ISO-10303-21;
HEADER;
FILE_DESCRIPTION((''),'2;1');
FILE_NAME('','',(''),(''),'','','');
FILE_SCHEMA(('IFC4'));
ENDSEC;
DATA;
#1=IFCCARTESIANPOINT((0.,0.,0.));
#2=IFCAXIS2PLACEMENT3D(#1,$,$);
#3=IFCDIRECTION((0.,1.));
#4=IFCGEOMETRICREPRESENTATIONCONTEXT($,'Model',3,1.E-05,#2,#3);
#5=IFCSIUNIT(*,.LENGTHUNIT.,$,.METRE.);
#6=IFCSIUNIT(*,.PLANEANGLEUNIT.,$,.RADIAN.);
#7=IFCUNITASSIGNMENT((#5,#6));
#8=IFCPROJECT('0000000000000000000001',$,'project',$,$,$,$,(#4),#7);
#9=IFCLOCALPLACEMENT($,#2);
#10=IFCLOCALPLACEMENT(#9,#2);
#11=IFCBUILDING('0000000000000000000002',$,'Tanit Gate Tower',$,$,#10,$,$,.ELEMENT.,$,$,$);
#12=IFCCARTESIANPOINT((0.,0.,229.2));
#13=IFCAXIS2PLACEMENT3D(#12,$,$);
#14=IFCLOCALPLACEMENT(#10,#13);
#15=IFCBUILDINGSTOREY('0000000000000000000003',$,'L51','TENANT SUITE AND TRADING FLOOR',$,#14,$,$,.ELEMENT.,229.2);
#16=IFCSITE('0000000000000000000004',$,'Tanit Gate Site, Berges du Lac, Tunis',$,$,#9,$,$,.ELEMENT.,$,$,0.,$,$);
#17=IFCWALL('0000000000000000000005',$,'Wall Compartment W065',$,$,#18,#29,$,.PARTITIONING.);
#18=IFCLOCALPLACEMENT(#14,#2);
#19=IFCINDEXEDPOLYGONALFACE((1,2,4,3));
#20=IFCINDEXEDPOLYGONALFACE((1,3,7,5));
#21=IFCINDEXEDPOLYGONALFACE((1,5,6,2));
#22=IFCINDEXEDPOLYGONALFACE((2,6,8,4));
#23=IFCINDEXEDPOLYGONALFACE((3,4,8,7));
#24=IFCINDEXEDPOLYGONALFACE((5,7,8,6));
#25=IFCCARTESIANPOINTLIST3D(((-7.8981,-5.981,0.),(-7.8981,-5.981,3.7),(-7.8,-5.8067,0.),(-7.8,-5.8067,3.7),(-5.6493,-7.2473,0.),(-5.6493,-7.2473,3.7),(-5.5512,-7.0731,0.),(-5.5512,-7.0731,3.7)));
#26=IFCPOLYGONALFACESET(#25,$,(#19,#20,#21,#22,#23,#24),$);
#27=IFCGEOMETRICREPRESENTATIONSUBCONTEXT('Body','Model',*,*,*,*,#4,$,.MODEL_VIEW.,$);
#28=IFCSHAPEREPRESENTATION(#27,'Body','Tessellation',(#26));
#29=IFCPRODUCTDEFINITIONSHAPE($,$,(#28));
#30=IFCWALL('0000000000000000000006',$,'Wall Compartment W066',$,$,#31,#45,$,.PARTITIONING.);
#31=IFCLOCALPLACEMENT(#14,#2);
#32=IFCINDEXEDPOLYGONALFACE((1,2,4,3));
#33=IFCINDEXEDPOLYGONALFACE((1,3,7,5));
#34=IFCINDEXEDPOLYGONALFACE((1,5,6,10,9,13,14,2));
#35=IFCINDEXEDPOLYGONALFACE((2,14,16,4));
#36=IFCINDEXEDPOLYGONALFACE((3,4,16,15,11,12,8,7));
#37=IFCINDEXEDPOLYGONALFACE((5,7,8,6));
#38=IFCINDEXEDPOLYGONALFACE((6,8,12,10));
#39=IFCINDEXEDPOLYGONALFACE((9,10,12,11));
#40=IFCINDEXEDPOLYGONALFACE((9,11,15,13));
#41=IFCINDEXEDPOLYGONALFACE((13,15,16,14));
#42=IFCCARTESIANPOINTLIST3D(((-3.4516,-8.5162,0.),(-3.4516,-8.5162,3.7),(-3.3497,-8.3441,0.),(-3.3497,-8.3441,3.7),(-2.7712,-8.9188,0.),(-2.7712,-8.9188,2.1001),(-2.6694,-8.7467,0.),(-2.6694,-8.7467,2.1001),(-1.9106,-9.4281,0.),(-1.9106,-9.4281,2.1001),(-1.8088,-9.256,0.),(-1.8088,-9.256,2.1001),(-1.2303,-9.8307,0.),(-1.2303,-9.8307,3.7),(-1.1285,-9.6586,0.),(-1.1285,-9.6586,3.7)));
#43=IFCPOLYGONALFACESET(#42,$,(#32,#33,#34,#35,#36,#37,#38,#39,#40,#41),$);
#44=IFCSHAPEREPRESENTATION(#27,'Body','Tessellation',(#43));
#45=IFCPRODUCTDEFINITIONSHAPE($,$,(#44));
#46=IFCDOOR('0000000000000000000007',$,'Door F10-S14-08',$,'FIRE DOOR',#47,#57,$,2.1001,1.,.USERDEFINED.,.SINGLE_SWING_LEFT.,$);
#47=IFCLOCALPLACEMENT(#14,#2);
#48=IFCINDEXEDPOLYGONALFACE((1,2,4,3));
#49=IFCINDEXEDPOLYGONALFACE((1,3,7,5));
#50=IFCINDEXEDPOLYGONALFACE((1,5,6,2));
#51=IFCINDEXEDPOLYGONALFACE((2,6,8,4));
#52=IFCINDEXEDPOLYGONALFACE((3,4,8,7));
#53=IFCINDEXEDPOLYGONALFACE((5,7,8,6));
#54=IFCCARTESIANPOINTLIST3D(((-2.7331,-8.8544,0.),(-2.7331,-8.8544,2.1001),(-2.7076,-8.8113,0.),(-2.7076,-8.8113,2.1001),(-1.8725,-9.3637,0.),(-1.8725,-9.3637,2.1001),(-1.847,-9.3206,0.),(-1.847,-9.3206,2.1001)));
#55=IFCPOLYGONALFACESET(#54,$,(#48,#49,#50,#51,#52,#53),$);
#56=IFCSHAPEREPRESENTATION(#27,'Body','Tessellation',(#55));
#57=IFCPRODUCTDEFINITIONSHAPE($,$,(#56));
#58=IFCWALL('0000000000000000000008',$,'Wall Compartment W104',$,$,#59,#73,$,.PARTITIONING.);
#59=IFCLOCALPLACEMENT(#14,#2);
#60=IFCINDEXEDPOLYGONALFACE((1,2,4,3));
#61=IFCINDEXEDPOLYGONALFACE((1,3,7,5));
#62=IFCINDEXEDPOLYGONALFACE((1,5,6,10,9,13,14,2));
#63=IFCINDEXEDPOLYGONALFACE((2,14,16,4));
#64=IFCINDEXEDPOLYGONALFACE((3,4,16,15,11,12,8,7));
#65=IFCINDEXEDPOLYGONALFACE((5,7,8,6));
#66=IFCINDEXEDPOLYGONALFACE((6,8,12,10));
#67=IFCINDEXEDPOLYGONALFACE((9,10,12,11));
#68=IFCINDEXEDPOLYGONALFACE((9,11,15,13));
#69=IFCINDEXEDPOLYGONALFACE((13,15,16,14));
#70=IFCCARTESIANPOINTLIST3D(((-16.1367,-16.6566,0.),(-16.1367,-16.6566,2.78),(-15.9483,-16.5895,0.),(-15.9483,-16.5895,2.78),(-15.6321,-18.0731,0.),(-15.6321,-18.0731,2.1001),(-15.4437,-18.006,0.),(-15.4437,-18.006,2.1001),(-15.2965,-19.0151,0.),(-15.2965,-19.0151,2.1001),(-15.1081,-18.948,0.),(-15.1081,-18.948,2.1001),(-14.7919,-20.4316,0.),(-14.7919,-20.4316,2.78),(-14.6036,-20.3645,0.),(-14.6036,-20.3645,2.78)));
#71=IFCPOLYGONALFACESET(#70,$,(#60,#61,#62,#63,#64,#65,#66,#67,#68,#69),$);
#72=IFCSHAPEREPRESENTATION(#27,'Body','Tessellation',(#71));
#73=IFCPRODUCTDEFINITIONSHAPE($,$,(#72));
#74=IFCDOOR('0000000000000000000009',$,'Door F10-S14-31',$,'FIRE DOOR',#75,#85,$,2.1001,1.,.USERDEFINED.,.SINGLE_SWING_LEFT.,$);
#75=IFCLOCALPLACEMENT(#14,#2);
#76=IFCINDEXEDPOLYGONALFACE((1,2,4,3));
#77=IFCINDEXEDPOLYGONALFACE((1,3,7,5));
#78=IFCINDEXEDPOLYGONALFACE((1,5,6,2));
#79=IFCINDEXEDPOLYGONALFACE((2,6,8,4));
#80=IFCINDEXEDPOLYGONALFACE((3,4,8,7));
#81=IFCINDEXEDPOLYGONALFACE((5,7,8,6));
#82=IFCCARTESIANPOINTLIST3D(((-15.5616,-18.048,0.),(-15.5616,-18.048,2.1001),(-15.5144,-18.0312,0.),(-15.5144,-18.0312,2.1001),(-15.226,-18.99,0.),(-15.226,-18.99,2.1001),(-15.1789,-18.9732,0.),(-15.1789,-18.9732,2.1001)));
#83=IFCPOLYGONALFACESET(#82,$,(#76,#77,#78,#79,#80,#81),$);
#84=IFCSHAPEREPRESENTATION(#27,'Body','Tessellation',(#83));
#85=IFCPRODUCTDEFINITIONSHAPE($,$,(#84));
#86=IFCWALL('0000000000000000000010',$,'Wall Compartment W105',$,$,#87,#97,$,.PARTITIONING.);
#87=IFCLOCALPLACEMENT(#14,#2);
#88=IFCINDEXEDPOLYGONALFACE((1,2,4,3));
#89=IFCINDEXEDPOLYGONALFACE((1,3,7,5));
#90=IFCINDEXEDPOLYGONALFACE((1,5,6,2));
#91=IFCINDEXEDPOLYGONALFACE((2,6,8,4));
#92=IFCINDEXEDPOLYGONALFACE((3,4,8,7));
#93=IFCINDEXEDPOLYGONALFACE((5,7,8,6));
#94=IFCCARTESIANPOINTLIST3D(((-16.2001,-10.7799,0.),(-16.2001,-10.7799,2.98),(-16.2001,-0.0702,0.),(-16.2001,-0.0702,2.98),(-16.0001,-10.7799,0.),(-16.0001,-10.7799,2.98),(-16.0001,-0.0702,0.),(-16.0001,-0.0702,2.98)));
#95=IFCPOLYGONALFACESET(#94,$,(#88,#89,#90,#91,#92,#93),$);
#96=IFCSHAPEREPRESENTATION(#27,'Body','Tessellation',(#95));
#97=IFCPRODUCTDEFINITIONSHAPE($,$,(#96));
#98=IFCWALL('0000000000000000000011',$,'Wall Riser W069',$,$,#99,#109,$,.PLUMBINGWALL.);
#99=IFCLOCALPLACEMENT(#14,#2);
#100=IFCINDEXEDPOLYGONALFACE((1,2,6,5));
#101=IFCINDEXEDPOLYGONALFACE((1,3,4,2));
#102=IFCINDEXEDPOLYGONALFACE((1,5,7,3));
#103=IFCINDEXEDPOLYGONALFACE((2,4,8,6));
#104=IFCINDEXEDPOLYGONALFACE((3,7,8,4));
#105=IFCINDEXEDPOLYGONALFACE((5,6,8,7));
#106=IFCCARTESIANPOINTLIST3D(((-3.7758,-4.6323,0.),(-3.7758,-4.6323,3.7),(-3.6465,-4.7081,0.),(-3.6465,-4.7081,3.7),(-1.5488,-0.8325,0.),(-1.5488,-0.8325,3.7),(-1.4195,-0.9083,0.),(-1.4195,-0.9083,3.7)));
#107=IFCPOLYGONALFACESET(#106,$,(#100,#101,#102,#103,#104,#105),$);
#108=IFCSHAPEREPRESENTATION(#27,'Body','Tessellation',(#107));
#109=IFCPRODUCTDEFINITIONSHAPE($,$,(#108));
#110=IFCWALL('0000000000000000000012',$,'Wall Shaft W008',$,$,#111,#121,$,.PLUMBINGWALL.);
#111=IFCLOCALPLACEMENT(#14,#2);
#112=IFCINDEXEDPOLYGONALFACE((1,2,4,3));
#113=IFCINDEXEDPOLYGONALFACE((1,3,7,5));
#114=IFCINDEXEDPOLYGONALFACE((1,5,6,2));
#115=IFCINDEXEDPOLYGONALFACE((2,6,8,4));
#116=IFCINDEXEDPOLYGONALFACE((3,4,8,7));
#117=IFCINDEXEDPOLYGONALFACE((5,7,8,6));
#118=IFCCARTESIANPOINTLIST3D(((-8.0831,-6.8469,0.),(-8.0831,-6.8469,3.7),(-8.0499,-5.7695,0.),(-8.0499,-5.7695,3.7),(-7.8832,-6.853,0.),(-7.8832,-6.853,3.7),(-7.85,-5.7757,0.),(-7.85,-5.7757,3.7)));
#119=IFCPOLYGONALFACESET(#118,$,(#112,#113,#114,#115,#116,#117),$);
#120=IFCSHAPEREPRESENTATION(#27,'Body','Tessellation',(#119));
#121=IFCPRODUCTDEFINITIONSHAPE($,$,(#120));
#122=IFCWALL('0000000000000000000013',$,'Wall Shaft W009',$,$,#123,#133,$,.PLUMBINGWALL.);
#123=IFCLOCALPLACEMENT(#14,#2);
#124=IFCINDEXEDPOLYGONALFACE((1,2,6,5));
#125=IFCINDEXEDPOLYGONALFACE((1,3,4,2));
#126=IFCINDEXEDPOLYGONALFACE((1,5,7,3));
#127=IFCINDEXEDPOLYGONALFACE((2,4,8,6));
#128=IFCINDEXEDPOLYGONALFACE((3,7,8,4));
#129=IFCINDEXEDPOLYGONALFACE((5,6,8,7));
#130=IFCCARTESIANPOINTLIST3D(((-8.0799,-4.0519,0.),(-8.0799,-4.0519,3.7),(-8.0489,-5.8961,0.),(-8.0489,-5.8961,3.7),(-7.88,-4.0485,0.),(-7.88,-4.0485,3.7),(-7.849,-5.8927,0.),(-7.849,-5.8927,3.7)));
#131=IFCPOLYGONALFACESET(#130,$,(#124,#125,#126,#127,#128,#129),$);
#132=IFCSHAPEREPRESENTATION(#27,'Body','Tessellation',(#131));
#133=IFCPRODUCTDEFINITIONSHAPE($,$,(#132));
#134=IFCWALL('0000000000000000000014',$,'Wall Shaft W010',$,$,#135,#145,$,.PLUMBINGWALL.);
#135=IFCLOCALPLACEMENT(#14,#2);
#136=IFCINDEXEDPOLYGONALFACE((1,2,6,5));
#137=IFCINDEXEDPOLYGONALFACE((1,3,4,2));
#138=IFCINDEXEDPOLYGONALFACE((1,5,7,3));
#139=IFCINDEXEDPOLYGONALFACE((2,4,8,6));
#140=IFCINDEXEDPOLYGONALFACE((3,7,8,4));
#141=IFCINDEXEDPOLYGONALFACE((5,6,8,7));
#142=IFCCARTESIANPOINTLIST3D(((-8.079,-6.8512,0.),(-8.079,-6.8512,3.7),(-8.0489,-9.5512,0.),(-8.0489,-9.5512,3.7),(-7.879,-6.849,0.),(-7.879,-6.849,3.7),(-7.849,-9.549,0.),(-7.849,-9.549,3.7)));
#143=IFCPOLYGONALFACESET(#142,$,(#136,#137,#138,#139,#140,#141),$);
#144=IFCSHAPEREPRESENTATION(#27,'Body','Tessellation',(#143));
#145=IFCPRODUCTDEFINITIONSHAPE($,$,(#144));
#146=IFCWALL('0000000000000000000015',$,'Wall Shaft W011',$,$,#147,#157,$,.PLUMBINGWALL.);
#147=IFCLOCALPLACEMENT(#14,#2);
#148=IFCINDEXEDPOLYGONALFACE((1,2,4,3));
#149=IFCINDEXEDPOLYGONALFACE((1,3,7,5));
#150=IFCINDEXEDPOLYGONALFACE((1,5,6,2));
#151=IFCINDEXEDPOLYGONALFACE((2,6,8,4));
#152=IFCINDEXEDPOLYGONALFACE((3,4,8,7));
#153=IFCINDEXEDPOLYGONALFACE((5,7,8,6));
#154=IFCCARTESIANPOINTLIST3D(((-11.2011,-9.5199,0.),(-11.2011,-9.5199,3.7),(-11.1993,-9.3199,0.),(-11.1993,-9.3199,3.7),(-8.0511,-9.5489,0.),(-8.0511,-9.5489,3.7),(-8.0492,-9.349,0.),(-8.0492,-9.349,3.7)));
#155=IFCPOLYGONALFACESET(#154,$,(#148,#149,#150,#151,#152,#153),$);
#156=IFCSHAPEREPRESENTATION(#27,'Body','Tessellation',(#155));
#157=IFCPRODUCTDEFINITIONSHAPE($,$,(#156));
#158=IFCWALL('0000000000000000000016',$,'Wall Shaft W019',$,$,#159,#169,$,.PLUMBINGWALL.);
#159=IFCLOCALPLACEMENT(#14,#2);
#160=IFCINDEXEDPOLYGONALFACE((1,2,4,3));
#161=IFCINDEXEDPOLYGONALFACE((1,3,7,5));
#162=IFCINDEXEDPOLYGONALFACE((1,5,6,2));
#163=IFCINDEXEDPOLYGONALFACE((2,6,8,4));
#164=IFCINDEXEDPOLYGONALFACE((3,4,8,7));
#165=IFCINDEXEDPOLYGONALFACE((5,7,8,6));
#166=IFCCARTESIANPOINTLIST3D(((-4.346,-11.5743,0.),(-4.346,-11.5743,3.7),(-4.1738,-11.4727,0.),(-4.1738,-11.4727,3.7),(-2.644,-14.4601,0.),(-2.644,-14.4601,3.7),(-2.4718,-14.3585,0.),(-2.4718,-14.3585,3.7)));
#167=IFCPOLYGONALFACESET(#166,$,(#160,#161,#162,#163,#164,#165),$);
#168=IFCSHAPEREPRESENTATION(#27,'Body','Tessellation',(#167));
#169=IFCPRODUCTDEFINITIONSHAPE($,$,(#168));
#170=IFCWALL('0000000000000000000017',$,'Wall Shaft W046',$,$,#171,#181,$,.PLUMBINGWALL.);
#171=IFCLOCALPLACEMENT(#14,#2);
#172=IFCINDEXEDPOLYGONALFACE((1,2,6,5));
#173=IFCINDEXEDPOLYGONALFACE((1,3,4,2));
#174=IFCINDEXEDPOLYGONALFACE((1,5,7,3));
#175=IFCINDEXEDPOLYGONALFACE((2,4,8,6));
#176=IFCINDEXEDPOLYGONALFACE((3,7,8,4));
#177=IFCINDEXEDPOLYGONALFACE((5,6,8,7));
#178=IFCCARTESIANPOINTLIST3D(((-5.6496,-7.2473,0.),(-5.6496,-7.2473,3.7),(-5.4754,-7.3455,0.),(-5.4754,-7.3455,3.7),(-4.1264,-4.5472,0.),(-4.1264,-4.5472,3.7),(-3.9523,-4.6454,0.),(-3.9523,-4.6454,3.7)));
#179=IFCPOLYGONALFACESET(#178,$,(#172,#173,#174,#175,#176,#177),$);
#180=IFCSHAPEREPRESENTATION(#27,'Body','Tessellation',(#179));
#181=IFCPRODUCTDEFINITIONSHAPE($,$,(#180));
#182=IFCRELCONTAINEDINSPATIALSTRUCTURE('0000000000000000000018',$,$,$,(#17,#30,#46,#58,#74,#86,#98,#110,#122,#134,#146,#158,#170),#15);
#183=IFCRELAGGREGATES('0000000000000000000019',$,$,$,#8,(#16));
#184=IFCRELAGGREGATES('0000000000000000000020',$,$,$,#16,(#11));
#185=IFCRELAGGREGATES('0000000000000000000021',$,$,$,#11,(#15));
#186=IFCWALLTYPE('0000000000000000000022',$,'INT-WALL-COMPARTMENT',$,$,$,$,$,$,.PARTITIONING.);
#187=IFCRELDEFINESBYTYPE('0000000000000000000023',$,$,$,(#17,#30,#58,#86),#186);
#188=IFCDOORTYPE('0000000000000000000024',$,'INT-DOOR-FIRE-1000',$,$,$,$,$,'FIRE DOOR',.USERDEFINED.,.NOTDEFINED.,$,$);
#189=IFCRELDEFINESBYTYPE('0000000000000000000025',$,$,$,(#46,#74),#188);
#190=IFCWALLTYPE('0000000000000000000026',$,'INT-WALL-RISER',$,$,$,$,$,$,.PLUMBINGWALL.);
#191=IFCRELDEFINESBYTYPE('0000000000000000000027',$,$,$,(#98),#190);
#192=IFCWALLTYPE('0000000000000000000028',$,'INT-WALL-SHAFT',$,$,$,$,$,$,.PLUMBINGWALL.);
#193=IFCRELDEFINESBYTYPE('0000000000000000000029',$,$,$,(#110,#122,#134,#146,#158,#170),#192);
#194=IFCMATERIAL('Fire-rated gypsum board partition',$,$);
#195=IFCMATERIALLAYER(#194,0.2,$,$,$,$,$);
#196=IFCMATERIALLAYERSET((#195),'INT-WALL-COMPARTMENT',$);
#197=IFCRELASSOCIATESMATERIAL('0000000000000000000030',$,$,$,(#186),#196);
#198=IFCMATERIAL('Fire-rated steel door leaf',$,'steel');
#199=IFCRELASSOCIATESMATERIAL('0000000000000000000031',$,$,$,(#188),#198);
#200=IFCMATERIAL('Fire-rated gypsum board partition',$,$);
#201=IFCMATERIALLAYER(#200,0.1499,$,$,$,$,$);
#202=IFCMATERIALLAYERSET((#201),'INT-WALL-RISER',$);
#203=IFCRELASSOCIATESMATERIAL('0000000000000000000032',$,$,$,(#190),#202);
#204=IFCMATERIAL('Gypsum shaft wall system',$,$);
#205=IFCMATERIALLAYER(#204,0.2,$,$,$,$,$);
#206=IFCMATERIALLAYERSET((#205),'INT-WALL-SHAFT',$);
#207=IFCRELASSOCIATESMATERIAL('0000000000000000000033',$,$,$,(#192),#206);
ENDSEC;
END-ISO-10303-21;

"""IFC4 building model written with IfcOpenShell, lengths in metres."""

from ifc_helpers import new_model, si_unit, direction, frame, frame_2d, origin, place, context, subcontext, project, spatial, rectangle, extrude, material, layer, layer_set, type_object, element, fill, save


model = new_model("IFC4")

# Units and contexts
model_context = context("Model", 3, precision=1e-05, world=origin(), true_north=direction((0.0, 1.0)))
body_context = subcontext(model_context, "Body", "Model", "MODEL_VIEW")
ifc_project = project(units=[si_unit("LENGTHUNIT", "METRE"), si_unit("PLANEANGLEUNIT", "RADIAN")], contexts=[model_context])

# Site, building, storey
site_placement = place(None, origin())
site = spatial("IfcSite", under=ifc_project, at=site_placement, Name="Tanit Gate Site, Berges du Lac, Tunis", CompositionType="ELEMENT", RefElevation=0.0)
building_placement = place(site_placement, origin())
building = spatial("IfcBuilding", under=site, at=building_placement, Name="Tanit Gate Tower", CompositionType="ELEMENT")
storey_placement = place(building_placement, frame((0.0, 0.0, 229.2)))
storey = spatial("IfcBuildingStorey", under=building, at=storey_placement, Name="L51", Description="TENANT SUITE AND TRADING FLOOR", CompositionType="ELEMENT", Elevation=229.2)

# Wall
ifc_material_1 = material(Name="Fire-rated gypsum board partition")
ifc_layer_1 = layer(ifc_material_1, 0.2)
ifc_layer_set_1 = layer_set([ifc_layer_1], Name="INT-WALL-COMPARTMENT")
wall_type_1 = type_object("IfcWallType", Name="INT-WALL-COMPARTMENT", PredefinedType="PARTITIONING", material=ifc_layer_set_1)
wall_1_placement = place(storey_placement, frame((-7.8491, -5.8938, 0.0), z_axis=(0.0, 0.0, 1.0), x_axis=(0.87134, -0.490679, 0.0)))
element("IfcWall", 1, at=wall_1_placement, inside=storey, type_object=wall_type_1, Name="Wall Compartment W065", PredefinedType="PARTITIONING", context=body_context, shape_type="SweptSolid", body=[
    extrude(rectangle(XDim=2.5808, YDim=0.2, at=frame_2d((1.2905, 0.0))), origin(), (0.0, 0.0, 1.0), 3.7),
])

# Walls, openings, doors
wall_2_placement = place(storey_placement, frame((-3.4006, -8.4302, 0.0), z_axis=(0.0, 0.0, 1.0), x_axis=(0.860599, -0.509284, 0.0)))
wall_2 = element("IfcWall", 2, at=wall_2_placement, inside=storey, type_object=wall_type_1, Name="Wall Compartment W066", PredefinedType="PARTITIONING", context=body_context, shape_type="SweptSolid", body=[
    extrude(rectangle(XDim=2.5811, YDim=0.2, at=frame_2d((1.2905, 0.0))), origin(), (0.0, 0.0, 1.0), 3.7),
])
opening_1_placement = place(wall_2_placement, frame((0.7905, 0.0, 0.0)))
opening_1 = element("IfcOpeningElement", 3, at=opening_1_placement, cuts=wall_2, PredefinedType="OPENING", context=body_context, shape_type="SweptSolid", body=[
    extrude(rectangle(XDim=1.0, YDim=2.1001, at=frame_2d((0.5, 1.05))), frame((0.0, 0.1099, 0.0), z_axis=(0.0, -1.0, 0.0), x_axis=(1.0, 0.0, 0.0)), (0.0, 0.0, 1.0), 0.22),
])
ifc_material_2 = material(Name="Fire-rated steel door leaf", Category="steel")
door_type_1 = type_object("IfcDoorType", Name="INT-DOOR-FIRE-1000", ElementType="FIRE DOOR", OperationType="NOTDEFINED", PredefinedType="USERDEFINED", material=ifc_material_2)
door_1_placement = place(opening_1_placement, origin())
door_1 = element("IfcDoor", 4, at=door_1_placement, inside=storey, type_object=door_type_1, Name="Door F10-S14-08", ObjectType="FIRE DOOR", OperationType="SINGLE_SWING_LEFT", OverallHeight=2.1001, OverallWidth=1.0, PredefinedType="USERDEFINED", context=body_context, shape_type="SweptSolid", body=[
    extrude(rectangle(XDim=1.0, YDim=2.1001, at=frame_2d((0.5, 1.05))), frame((0.0, 0.0249, 0.0), z_axis=(0.0, -1.0, 0.0), x_axis=(1.0, 0.0, 0.0)), (0.0, 0.0, 1.0), 0.05),
])
fill(opening_1, door_1)
wall_3_placement = place(storey_placement, frame((-16.0425, -16.623, 0.0), z_axis=(0.0, 0.0, 1.0), x_axis=(0.335572, -0.942015, 0.0)))
wall_3 = element("IfcWall", 5, at=wall_3_placement, inside=storey, type_object=wall_type_1, Name="Wall Compartment W104", PredefinedType="PARTITIONING", context=body_context, shape_type="SweptSolid", body=[
    extrude(rectangle(XDim=4.0073, YDim=0.2, at=frame_2d((2.0037, 0.0))), origin(), (0.0, 0.0, 1.0), 2.78),
])
opening_2_placement = place(wall_3_placement, frame((1.5037, 0.0, 0.0)))
opening_2 = element("IfcOpeningElement", 6, at=opening_2_placement, cuts=wall_3, PredefinedType="OPENING", context=body_context, shape_type="SweptSolid", body=[
    extrude(rectangle(XDim=1.0, YDim=2.1001, at=frame_2d((0.5, 1.05))), frame((0.0, 0.1099, 0.0), z_axis=(0.0, -1.0, 0.0), x_axis=(1.0, 0.0, 0.0)), (0.0, 0.0, 1.0), 0.22),
])
door_2_placement = place(opening_2_placement, origin())
door_2 = element("IfcDoor", 7, at=door_2_placement, inside=storey, type_object=door_type_1, Name="Door F10-S14-31", ObjectType="FIRE DOOR", OperationType="SINGLE_SWING_LEFT", OverallHeight=2.1001, OverallWidth=1.0, PredefinedType="USERDEFINED", context=body_context, shape_type="SweptSolid", body=[
    extrude(rectangle(XDim=1.0, YDim=2.1001, at=frame_2d((0.5, 1.05))), frame((0.0, 0.0249, 0.0), z_axis=(0.0, -1.0, 0.0), x_axis=(1.0, 0.0, 0.0)), (0.0, 0.0, 1.0), 0.05),
])
fill(opening_2, door_2)

# Walls
wall_4_placement = place(storey_placement, frame((-16.1001, -0.0701, 0.0), z_axis=(0.0, 0.0, 1.0), x_axis=(0.0, -1.0, 0.0)))
element("IfcWall", 8, at=wall_4_placement, inside=storey, type_object=wall_type_1, Name="Wall Compartment W105", PredefinedType="PARTITIONING", context=body_context, shape_type="SweptSolid", body=[
    extrude(rectangle(XDim=10.7097, YDim=0.2, at=frame_2d((5.355, 0.0))), origin(), (0.0, 0.0, 1.0), 2.98),
])
ifc_material_3 = material(Name="Fire-rated gypsum board partition")
ifc_layer_2 = layer(ifc_material_3, 0.1499)
ifc_layer_set_2 = layer_set([ifc_layer_2], Name="INT-WALL-RISER")
wall_type_2 = type_object("IfcWallType", Name="INT-WALL-RISER", PredefinedType="PLUMBINGWALL", material=ifc_layer_set_2)
wall_5_placement = place(storey_placement, frame((-3.7112, -4.6702, 0.0), z_axis=(0.0, 0.0, 1.0), x_axis=(0.505648, 0.86274, 0.0)))
element("IfcWall", 9, at=wall_5_placement, inside=storey, type_object=wall_type_2, Name="Wall Riser W069", PredefinedType="PLUMBINGWALL", context=body_context, shape_type="SweptSolid", body=[
    extrude(rectangle(XDim=4.4043, YDim=0.1499, at=frame_2d((2.2021, 0.0))), origin(), (0.0, 0.0, 1.0), 3.7),
])
ifc_material_4 = material(Name="Gypsum shaft wall system")
ifc_layer_3 = layer(ifc_material_4, 0.2)
ifc_layer_set_3 = layer_set([ifc_layer_3], Name="INT-WALL-SHAFT")
wall_type_3 = type_object("IfcWallType", Name="INT-WALL-SHAFT", PredefinedType="PLUMBINGWALL", material=ifc_layer_set_3)
wall_6_placement = place(storey_placement, frame((-7.95, -5.7725, 0.0), z_axis=(0.0, 0.0, 1.0), x_axis=(-0.030803, -0.999525, 0.0)))
element("IfcWall", 10, at=wall_6_placement, inside=storey, type_object=wall_type_3, Name="Wall Shaft W008", PredefinedType="PLUMBINGWALL", context=body_context, shape_type="SweptSolid", body=[
    extrude(rectangle(XDim=1.0779, YDim=0.2, at=frame_2d((0.5391, 0.0))), origin(), (0.0, 0.0, 1.0), 3.7),
])
wall_7_placement = place(storey_placement, frame((-7.98, -4.05, 0.0), z_axis=(0.0, 0.0, 1.0), x_axis=(0.01681, -0.999859, 0.0)))
element("IfcWall", 11, at=wall_7_placement, inside=storey, type_object=wall_type_3, Name="Wall Shaft W009", PredefinedType="PLUMBINGWALL", context=body_context, shape_type="SweptSolid", body=[
    extrude(rectangle(XDim=1.8445, YDim=0.2, at=frame_2d((0.9224, 0.0))), origin(), (0.0, 0.0, 1.0), 3.7),
])
wall_8_placement = place(storey_placement, frame((-7.979, -6.8501, 0.0), z_axis=(0.0, 0.0, 1.0), x_axis=(0.011121, -0.999938, 0.0)))
element("IfcWall", 12, at=wall_8_placement, inside=storey, type_object=wall_type_3, Name="Wall Shaft W010", PredefinedType="PLUMBINGWALL", context=body_context, shape_type="SweptSolid", body=[
    extrude(rectangle(XDim=2.7002, YDim=0.2, at=frame_2d((1.3501, 0.0))), origin(), (0.0, 0.0, 1.0), 3.7),
])
wall_9_placement = place(storey_placement, frame((-8.05, -9.449, 0.0), z_axis=(0.0, 0.0, 1.0), x_axis=(-0.999957, 0.009223, 0.0)))
element("IfcWall", 13, at=wall_9_placement, inside=storey, type_object=wall_type_3, Name="Wall Shaft W011", PredefinedType="PLUMBINGWALL", context=body_context, shape_type="SweptSolid", body=[
    extrude(rectangle(XDim=3.1501, YDim=0.2, at=frame_2d((1.5752, 0.0))), origin(), (0.0, 0.0, 1.0), 3.7),
])
wall_10_placement = place(storey_placement, frame((-2.5579, -14.4094, 0.0), z_axis=(0.0, 0.0, 1.0), x_axis=(-0.507997, 0.861359, 0.0)))
element("IfcWall", 14, at=wall_10_placement, inside=storey, type_object=wall_type_3, Name="Wall Shaft W019", PredefinedType="PLUMBINGWALL", context=body_context, shape_type="SweptSolid", body=[
    extrude(rectangle(XDim=3.3503, YDim=0.2, at=frame_2d((1.6753, 0.0))), origin(), (0.0, 0.0, 1.0), 3.7),
])

# Wall
wall_11_placement = place(storey_placement, frame((-5.5625, -7.2964, 0.0), z_axis=(0.0, 0.0, 1.0), x_axis=(0.491323, 0.870978, 0.0)))
element("IfcWall", 15, at=wall_11_placement, inside=storey, type_object=wall_type_3, Name="Wall Shaft W046", PredefinedType="PLUMBINGWALL", context=body_context, shape_type="SweptSolid", body=[
    extrude(rectangle(XDim=3.1001, YDim=0.2, at=frame_2d((1.55, 0.0))), origin(), (0.0, 0.0, 1.0), 3.7),
])

save(model, "model.ifc")
